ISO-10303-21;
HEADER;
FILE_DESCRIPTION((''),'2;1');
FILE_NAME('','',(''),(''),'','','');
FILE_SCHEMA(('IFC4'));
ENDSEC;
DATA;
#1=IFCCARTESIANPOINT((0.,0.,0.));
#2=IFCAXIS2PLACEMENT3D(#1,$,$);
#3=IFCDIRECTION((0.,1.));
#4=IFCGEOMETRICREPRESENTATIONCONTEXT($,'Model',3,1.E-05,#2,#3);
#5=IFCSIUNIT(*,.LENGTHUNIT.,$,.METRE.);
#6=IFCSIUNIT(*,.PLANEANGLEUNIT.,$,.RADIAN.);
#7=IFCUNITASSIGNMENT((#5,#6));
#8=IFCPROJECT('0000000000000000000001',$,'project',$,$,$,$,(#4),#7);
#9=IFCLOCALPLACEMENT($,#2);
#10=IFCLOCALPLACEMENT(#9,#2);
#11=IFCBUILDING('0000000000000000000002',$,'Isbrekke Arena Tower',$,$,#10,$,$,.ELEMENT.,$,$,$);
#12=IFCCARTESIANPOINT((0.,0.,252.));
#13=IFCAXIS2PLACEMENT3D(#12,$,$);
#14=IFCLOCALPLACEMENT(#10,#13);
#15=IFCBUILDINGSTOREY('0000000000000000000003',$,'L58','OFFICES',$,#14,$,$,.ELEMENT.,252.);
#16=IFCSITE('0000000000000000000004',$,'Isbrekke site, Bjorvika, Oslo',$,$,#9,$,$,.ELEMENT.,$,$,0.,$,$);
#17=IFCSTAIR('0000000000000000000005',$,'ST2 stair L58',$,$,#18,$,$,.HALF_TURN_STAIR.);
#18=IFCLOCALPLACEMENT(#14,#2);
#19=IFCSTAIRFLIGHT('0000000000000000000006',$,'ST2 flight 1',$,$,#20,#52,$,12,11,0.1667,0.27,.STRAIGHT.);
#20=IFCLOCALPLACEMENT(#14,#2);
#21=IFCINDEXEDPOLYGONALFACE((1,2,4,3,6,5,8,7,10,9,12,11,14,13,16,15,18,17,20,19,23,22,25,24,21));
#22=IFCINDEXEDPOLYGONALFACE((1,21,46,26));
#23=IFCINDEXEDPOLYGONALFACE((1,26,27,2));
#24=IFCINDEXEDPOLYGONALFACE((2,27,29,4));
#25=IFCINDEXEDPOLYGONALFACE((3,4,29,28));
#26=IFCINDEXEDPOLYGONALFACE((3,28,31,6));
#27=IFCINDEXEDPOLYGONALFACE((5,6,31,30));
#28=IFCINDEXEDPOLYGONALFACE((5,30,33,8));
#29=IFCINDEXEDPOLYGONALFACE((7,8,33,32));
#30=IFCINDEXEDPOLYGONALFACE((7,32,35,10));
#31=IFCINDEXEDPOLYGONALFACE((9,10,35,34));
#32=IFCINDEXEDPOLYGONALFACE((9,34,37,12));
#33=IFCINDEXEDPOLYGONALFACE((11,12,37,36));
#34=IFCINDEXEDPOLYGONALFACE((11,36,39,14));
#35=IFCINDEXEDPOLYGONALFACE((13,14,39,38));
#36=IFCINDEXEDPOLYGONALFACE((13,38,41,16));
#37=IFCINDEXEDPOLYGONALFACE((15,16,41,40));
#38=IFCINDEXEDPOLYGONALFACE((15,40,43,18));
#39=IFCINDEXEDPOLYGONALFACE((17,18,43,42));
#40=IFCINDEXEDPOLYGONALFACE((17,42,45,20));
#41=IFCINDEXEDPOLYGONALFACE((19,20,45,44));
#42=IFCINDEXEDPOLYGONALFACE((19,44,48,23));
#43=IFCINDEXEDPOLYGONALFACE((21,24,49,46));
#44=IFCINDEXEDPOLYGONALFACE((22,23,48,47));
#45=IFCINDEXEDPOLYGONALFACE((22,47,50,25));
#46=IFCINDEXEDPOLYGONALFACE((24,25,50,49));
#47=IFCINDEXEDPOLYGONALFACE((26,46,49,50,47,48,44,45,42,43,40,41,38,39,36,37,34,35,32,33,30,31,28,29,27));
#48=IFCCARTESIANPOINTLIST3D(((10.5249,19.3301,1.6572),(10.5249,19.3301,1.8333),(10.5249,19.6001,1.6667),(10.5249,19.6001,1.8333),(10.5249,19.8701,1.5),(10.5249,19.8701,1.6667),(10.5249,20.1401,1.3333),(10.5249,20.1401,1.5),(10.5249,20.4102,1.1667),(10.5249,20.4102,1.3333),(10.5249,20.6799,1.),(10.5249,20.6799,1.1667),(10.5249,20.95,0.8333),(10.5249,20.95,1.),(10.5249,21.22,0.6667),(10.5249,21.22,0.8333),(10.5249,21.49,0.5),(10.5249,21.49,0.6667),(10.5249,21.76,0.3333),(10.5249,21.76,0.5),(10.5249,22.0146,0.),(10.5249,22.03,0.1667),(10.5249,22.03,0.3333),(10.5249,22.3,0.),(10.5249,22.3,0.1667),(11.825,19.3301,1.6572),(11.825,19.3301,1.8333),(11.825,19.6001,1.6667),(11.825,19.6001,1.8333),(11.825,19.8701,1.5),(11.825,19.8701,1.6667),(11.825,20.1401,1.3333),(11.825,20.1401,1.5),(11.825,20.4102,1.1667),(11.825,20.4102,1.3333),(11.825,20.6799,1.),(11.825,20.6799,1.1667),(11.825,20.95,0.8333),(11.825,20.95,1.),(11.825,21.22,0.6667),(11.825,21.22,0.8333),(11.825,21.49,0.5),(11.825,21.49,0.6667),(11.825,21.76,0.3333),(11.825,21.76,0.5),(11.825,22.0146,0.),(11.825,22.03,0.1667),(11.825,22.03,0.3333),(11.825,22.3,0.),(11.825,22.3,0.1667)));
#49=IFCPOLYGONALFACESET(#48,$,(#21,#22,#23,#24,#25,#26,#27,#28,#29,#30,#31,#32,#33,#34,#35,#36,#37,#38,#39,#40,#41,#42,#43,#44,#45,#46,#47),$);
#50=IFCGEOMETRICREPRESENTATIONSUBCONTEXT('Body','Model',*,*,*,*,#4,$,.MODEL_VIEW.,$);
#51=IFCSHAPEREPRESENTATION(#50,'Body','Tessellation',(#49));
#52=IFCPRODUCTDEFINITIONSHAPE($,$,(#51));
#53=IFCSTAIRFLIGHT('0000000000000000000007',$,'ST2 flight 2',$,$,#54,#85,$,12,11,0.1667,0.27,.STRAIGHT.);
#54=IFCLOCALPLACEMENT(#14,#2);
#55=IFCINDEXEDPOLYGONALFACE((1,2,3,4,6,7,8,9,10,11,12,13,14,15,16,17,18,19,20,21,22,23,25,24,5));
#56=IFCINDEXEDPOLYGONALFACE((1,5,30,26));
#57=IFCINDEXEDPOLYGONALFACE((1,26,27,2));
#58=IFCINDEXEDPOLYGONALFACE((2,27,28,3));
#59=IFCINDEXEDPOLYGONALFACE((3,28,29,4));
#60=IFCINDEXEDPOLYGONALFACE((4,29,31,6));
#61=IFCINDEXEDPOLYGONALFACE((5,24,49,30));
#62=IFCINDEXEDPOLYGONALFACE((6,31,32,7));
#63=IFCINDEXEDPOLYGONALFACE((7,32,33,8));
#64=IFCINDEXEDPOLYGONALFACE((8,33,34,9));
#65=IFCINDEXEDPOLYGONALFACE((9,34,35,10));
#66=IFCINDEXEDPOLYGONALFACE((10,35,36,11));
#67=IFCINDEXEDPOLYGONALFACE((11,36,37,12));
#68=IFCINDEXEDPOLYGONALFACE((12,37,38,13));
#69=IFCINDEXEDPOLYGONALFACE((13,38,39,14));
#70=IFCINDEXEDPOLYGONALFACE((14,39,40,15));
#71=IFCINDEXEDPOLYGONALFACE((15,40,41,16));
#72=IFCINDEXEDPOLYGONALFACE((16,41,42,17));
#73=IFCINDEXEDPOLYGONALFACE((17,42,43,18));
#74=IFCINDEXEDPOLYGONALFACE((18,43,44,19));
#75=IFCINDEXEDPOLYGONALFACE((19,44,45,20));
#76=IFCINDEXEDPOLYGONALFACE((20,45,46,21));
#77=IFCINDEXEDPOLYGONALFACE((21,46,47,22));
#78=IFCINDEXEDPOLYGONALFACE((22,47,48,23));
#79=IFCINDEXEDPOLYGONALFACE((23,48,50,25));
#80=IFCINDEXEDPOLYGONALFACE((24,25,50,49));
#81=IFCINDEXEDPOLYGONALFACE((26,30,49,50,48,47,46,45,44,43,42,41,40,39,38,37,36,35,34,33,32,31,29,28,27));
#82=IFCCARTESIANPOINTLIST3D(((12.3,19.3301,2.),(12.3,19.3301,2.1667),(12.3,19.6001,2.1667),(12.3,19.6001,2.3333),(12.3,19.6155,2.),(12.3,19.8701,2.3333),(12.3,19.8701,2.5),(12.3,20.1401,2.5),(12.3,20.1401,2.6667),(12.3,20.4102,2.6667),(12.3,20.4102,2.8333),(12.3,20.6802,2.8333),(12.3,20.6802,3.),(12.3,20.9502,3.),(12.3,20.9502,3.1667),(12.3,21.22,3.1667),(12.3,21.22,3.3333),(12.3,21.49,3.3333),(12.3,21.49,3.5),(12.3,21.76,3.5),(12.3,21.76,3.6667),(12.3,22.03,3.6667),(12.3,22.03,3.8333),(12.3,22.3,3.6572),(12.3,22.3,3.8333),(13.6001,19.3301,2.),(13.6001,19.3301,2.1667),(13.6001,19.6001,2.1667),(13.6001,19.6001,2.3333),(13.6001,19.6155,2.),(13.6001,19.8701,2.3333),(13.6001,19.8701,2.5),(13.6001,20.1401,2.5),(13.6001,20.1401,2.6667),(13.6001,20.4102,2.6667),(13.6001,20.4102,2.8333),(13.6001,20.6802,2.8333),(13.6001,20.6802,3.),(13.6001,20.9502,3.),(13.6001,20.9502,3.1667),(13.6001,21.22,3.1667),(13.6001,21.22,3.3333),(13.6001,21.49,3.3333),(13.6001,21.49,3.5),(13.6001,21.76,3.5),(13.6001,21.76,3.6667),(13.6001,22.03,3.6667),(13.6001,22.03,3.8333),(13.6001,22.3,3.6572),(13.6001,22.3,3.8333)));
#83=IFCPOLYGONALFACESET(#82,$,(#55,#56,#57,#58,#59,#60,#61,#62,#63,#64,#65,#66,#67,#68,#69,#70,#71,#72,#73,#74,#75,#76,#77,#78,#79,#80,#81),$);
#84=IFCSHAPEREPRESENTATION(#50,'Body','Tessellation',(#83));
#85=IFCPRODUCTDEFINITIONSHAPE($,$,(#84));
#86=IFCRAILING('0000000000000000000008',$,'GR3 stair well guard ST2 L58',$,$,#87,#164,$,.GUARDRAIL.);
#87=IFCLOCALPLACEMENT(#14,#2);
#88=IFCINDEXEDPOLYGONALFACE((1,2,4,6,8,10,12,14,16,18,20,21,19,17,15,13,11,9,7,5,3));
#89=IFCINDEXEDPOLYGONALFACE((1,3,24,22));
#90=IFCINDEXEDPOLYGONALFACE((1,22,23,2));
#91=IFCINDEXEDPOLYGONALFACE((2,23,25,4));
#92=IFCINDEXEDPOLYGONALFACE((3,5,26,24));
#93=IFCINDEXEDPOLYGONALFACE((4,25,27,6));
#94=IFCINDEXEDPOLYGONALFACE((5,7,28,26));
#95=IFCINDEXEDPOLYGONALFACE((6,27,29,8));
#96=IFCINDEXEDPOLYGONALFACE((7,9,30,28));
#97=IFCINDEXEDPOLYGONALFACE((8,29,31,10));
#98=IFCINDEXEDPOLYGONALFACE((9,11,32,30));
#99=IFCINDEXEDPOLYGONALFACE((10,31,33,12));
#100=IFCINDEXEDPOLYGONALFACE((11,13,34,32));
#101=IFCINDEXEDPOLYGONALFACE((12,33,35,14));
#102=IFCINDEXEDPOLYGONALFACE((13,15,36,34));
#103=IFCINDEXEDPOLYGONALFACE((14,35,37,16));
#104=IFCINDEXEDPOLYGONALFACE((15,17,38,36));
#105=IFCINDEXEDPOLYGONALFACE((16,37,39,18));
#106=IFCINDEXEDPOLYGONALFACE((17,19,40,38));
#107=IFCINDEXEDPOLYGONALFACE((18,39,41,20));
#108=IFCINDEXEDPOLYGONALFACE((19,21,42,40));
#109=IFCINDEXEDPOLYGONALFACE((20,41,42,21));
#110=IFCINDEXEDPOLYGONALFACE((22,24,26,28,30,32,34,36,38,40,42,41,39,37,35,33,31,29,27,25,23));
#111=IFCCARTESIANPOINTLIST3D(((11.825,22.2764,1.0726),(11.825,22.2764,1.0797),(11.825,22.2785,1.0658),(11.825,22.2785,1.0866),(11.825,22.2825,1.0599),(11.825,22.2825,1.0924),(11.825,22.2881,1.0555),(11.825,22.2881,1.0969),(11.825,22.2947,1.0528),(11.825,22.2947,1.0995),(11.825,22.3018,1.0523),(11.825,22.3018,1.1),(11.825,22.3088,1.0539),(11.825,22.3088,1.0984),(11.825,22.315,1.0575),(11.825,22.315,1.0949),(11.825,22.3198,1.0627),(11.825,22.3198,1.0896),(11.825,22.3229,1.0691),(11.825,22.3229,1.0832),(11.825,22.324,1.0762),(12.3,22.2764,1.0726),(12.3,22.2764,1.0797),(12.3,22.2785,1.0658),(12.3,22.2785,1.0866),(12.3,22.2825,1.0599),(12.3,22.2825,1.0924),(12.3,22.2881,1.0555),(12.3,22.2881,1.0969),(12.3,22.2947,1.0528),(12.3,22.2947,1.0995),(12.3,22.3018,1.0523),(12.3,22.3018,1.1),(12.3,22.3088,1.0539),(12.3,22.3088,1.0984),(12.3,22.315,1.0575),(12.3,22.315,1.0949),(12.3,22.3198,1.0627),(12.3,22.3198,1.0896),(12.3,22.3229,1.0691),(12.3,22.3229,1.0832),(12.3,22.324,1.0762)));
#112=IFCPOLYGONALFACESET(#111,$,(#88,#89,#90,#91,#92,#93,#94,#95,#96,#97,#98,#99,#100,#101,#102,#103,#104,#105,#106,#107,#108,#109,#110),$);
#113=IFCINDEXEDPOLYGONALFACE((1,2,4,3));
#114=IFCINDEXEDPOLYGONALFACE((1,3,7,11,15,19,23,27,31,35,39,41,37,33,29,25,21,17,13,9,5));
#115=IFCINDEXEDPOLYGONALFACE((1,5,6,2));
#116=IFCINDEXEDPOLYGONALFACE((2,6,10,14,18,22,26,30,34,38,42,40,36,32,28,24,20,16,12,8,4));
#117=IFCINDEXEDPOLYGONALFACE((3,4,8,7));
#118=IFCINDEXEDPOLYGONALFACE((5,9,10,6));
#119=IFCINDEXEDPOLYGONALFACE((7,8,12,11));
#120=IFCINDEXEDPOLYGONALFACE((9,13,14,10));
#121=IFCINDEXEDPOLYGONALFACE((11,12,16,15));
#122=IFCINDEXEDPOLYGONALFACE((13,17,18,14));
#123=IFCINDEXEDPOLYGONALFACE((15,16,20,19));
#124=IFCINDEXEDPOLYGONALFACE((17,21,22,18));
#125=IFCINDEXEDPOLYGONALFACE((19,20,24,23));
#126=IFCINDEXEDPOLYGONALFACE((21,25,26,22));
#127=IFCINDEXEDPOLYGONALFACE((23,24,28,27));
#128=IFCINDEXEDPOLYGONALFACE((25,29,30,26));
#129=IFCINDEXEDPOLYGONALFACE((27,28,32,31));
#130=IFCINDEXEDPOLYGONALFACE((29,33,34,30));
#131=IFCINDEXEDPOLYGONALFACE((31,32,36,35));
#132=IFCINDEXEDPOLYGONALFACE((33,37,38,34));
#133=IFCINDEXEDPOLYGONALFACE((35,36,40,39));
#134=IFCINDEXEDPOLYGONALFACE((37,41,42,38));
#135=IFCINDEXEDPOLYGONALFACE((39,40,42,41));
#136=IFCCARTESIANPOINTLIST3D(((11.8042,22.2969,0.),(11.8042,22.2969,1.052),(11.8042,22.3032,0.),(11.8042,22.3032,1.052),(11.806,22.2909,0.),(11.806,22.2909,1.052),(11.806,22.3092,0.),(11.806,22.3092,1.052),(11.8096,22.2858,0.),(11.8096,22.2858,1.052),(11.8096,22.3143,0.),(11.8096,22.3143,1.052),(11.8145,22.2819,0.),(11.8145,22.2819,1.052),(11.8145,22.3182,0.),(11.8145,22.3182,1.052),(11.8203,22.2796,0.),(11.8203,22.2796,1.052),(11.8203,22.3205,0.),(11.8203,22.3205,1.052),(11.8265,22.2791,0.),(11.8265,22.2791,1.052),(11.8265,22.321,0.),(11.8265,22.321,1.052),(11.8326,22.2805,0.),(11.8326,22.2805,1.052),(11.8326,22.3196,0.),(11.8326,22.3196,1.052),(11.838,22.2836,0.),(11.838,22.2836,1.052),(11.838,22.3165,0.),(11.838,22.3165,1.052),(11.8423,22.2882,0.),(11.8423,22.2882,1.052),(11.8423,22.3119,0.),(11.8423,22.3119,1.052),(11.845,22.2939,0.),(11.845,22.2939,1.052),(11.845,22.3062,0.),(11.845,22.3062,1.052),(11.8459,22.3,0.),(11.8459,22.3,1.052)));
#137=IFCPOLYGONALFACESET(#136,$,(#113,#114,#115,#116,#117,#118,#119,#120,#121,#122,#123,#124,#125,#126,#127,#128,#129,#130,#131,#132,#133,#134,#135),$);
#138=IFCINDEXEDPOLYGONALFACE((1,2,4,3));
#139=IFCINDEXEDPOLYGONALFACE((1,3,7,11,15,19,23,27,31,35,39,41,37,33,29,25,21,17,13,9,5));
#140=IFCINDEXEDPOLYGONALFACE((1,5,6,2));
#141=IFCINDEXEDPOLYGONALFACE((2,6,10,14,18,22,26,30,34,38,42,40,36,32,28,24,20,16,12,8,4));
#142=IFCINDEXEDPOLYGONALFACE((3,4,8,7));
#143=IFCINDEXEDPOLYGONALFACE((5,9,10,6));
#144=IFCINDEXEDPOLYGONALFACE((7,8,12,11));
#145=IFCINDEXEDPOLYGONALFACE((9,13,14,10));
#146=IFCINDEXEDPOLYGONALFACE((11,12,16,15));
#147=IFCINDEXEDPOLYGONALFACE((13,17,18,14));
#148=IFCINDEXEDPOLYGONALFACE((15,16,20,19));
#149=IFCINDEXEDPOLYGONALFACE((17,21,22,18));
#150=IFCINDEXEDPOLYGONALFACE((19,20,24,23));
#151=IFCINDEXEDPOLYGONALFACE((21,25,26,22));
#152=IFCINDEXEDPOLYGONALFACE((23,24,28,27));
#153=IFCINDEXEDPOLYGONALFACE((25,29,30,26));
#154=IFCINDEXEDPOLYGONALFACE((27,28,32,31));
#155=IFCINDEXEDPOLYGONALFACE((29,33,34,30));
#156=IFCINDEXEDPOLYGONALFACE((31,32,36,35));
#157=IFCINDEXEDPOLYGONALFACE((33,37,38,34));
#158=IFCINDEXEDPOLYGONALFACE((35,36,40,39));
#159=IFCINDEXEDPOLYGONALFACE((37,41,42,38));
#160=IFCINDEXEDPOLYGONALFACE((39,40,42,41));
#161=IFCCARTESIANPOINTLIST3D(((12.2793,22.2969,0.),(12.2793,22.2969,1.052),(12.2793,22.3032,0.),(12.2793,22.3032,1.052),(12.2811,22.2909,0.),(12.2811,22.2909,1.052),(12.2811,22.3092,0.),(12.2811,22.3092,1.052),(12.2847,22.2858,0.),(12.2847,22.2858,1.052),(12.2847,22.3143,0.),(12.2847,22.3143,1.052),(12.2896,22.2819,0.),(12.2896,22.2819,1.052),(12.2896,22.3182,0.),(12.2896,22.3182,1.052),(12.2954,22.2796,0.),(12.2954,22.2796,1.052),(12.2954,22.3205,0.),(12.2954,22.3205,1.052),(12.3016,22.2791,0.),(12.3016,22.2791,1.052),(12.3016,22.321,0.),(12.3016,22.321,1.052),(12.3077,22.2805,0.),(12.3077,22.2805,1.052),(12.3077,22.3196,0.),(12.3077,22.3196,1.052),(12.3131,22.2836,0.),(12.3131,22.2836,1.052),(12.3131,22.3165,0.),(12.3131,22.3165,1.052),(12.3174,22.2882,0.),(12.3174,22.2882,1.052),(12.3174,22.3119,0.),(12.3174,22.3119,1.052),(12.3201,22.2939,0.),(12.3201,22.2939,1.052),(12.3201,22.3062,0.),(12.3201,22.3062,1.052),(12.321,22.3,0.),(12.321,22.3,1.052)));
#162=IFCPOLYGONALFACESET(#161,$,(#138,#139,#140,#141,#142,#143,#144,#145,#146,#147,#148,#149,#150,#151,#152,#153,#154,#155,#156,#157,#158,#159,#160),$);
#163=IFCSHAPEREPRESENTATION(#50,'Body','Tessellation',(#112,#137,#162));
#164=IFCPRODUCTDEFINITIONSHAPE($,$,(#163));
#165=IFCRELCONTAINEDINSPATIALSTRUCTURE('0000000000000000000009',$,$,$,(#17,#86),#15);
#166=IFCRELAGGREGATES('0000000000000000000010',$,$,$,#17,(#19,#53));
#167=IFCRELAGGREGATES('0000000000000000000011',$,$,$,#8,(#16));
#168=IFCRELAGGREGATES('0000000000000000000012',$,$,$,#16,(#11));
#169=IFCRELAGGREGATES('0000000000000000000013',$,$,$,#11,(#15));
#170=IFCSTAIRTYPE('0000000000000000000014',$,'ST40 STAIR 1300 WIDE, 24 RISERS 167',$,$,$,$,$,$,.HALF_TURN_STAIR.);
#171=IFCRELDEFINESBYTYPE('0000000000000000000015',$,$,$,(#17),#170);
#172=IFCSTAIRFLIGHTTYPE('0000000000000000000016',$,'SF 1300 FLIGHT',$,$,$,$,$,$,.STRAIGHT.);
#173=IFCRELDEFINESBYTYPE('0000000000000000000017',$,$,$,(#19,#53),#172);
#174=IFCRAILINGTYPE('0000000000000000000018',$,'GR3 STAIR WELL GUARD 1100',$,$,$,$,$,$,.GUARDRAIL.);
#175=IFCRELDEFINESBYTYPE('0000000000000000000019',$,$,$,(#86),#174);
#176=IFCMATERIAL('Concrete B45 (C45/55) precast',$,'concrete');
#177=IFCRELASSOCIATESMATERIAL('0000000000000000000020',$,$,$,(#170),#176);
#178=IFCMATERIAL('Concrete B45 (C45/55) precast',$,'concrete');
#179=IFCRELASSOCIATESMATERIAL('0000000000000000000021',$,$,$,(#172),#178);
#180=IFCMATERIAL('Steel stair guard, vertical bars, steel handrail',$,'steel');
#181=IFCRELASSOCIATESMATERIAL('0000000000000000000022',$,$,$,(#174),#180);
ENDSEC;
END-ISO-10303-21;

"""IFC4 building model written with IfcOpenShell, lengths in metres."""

from ifc_helpers import new_model, si_unit, direction, frame, origin, origin_2d, place, context, subcontext, project, spatial, polyline, circle, outline, extrude, material, type_object, element, aggregate, save


model = new_model("IFC4")

# Units and contexts
model_context = context("Model", 3, precision=1e-05, world=origin(), true_north=direction((0.0, 1.0)))
body_context = subcontext(model_context, "Body", "Model", "MODEL_VIEW")
ifc_project = project(units=[si_unit("LENGTHUNIT", "METRE"), si_unit("PLANEANGLEUNIT", "RADIAN")], contexts=[model_context])

# Site, building, storey
site_placement = place(None, origin())
site = spatial("IfcSite", under=ifc_project, at=site_placement, Name="Isbrekke site, Bjorvika, Oslo", CompositionType="ELEMENT", RefElevation=0.0)
building_placement = place(site_placement, origin())
building = spatial("IfcBuilding", under=site, at=building_placement, Name="Isbrekke Arena Tower", CompositionType="ELEMENT")
storey_placement = place(building_placement, frame((0.0, 0.0, 252.0)))
storey = spatial("IfcBuildingStorey", under=building, at=storey_placement, Name="L58", Description="OFFICES", CompositionType="ELEMENT", Elevation=252.0)

# Stair, stair flights
ifc_material_1 = material(Name="Concrete B45 (C45/55) precast", Category="concrete")
stair_type = type_object("IfcStairType", Name="ST40 STAIR 1300 WIDE, 24 RISERS 167", PredefinedType="HALF_TURN_STAIR", material=ifc_material_1)
stair_placement = place(storey_placement, origin())
stair = element("IfcStair", 1, at=stair_placement, inside=storey, type_object=stair_type, Name="ST2 stair L58", PredefinedType="HALF_TURN_STAIR")
ifc_material_2 = material(Name="Concrete B45 (C45/55) precast", Category="concrete")
stair_flight_type = type_object("IfcStairFlightType", Name="SF 1300 FLIGHT", PredefinedType="STRAIGHT", material=ifc_material_2)
stair_flight_1_placement = place(storey_placement, frame((11.175, 22.3, 0.0), z_axis=(0.0, 0.0, 1.0), x_axis=(0.0, -1.0, 0.0)))
stair_flight_1 = element("IfcStairFlight", 2, at=stair_flight_1_placement, type_object=stair_flight_type, Name="ST2 flight 1", NumberOfRisers=12, NumberOfTreads=11, PredefinedType="STRAIGHT", RiserHeight=0.1667, TreadLength=0.27, context=body_context, shape_type="SweptSolid", body=[
    extrude(outline(polyline([(0.0, 0.0), (0.0, 0.1667), (0.27, 0.1667), (0.27, 0.3333), (0.54, 0.3333), (0.54, 0.5), (0.8101, 0.5), (0.8101, 0.6667), (1.0801, 0.6667), (1.0801, 0.8333), (1.3501, 0.8333), (1.3501, 1.0), (1.6201, 1.0), (1.6201, 1.1667), (1.8899, 1.1667), (1.8899, 1.3333), (2.1599, 1.3333), (2.1599, 1.5), (2.4299, 1.5), (2.4299, 1.6667), (2.7, 1.6667), (2.7, 1.8333), (2.97, 1.8333), (2.97, 2.0), (2.97, 1.6572), (0.2854, 0.0), (0.0, 0.0)])), frame((0.0, 0.6499, 0.0), z_axis=(0.0, -1.0, 0.0), x_axis=(1.0, 0.0, 0.0)), (0.0, 0.0, 1.0), 1.3),
])
stair_flight_2_placement = place(storey_placement, frame((12.95, 19.3301, 2.0), z_axis=(0.0, 0.0, 1.0), x_axis=(0.0, 1.0, 0.0)))
stair_flight_2 = element("IfcStairFlight", 3, at=stair_flight_2_placement, type_object=stair_flight_type, Name="ST2 flight 2", NumberOfRisers=12, NumberOfTreads=11, PredefinedType="STRAIGHT", RiserHeight=0.1667, TreadLength=0.27, context=body_context, shape_type="SweptSolid", body=[
    extrude(outline(polyline([(0.0, 0.0), (0.0, 0.1667), (0.27, 0.1667), (0.27, 0.3333), (0.54, 0.3333), (0.54, 0.5), (0.8101, 0.5), (0.8101, 0.6667), (1.0801, 0.6667), (1.0801, 0.8333), (1.3501, 0.8333), (1.3501, 1.0), (1.6201, 1.0), (1.6201, 1.1667), (1.8899, 1.1667), (1.8899, 1.3333), (2.1599, 1.3333), (2.1599, 1.5), (2.4299, 1.5), (2.4299, 1.6667), (2.7, 1.6667), (2.7, 1.8333), (2.97, 1.8333), (2.97, 2.0), (2.97, 1.6572), (0.2854, 0.0), (0.0, 0.0)])), frame((0.0, 0.6499, 0.0), z_axis=(0.0, -1.0, 0.0), x_axis=(1.0, 0.0, 0.0)), (0.0, 0.0, 1.0), 1.3),
])
aggregate(stair, [stair_flight_1, stair_flight_2])

# Railing
ifc_material_3 = material(Name="Steel stair guard, vertical bars, steel handrail", Category="steel")
railing_type = type_object("IfcRailingType", Name="GR3 STAIR WELL GUARD 1100", PredefinedType="GUARDRAIL", material=ifc_material_3)
for number, where, name in (
    (4, (11.825, 22.3, 0.0), "GR3 stair well guard ST2 L58"),
):
    element("IfcRailing", number, at=place(storey_placement, frame(where)), inside=storey, type_object=railing_type, Name=name, PredefinedType="GUARDRAIL", context=body_context, shape_type="SweptSolid", body=[
        extrude(circle(Radius=0.0239, at=origin_2d()), frame((0.0, 0.0, 1.0762), z_axis=(1.0, 0.0, 0.0), x_axis=(0.0, 1.0, 0.0)), (0.0, 0.0, 1.0), 0.4751),
        extrude(circle(Radius=0.021, at=origin_2d()), origin(), (0.0, 0.0, 1.0), 1.052),
        extrude(circle(Radius=0.021, at=origin_2d()), frame((0.4751, 0.0, 0.0)), (0.0, 0.0, 1.0), 1.052),
    ])

save(model, "model.ifc")
